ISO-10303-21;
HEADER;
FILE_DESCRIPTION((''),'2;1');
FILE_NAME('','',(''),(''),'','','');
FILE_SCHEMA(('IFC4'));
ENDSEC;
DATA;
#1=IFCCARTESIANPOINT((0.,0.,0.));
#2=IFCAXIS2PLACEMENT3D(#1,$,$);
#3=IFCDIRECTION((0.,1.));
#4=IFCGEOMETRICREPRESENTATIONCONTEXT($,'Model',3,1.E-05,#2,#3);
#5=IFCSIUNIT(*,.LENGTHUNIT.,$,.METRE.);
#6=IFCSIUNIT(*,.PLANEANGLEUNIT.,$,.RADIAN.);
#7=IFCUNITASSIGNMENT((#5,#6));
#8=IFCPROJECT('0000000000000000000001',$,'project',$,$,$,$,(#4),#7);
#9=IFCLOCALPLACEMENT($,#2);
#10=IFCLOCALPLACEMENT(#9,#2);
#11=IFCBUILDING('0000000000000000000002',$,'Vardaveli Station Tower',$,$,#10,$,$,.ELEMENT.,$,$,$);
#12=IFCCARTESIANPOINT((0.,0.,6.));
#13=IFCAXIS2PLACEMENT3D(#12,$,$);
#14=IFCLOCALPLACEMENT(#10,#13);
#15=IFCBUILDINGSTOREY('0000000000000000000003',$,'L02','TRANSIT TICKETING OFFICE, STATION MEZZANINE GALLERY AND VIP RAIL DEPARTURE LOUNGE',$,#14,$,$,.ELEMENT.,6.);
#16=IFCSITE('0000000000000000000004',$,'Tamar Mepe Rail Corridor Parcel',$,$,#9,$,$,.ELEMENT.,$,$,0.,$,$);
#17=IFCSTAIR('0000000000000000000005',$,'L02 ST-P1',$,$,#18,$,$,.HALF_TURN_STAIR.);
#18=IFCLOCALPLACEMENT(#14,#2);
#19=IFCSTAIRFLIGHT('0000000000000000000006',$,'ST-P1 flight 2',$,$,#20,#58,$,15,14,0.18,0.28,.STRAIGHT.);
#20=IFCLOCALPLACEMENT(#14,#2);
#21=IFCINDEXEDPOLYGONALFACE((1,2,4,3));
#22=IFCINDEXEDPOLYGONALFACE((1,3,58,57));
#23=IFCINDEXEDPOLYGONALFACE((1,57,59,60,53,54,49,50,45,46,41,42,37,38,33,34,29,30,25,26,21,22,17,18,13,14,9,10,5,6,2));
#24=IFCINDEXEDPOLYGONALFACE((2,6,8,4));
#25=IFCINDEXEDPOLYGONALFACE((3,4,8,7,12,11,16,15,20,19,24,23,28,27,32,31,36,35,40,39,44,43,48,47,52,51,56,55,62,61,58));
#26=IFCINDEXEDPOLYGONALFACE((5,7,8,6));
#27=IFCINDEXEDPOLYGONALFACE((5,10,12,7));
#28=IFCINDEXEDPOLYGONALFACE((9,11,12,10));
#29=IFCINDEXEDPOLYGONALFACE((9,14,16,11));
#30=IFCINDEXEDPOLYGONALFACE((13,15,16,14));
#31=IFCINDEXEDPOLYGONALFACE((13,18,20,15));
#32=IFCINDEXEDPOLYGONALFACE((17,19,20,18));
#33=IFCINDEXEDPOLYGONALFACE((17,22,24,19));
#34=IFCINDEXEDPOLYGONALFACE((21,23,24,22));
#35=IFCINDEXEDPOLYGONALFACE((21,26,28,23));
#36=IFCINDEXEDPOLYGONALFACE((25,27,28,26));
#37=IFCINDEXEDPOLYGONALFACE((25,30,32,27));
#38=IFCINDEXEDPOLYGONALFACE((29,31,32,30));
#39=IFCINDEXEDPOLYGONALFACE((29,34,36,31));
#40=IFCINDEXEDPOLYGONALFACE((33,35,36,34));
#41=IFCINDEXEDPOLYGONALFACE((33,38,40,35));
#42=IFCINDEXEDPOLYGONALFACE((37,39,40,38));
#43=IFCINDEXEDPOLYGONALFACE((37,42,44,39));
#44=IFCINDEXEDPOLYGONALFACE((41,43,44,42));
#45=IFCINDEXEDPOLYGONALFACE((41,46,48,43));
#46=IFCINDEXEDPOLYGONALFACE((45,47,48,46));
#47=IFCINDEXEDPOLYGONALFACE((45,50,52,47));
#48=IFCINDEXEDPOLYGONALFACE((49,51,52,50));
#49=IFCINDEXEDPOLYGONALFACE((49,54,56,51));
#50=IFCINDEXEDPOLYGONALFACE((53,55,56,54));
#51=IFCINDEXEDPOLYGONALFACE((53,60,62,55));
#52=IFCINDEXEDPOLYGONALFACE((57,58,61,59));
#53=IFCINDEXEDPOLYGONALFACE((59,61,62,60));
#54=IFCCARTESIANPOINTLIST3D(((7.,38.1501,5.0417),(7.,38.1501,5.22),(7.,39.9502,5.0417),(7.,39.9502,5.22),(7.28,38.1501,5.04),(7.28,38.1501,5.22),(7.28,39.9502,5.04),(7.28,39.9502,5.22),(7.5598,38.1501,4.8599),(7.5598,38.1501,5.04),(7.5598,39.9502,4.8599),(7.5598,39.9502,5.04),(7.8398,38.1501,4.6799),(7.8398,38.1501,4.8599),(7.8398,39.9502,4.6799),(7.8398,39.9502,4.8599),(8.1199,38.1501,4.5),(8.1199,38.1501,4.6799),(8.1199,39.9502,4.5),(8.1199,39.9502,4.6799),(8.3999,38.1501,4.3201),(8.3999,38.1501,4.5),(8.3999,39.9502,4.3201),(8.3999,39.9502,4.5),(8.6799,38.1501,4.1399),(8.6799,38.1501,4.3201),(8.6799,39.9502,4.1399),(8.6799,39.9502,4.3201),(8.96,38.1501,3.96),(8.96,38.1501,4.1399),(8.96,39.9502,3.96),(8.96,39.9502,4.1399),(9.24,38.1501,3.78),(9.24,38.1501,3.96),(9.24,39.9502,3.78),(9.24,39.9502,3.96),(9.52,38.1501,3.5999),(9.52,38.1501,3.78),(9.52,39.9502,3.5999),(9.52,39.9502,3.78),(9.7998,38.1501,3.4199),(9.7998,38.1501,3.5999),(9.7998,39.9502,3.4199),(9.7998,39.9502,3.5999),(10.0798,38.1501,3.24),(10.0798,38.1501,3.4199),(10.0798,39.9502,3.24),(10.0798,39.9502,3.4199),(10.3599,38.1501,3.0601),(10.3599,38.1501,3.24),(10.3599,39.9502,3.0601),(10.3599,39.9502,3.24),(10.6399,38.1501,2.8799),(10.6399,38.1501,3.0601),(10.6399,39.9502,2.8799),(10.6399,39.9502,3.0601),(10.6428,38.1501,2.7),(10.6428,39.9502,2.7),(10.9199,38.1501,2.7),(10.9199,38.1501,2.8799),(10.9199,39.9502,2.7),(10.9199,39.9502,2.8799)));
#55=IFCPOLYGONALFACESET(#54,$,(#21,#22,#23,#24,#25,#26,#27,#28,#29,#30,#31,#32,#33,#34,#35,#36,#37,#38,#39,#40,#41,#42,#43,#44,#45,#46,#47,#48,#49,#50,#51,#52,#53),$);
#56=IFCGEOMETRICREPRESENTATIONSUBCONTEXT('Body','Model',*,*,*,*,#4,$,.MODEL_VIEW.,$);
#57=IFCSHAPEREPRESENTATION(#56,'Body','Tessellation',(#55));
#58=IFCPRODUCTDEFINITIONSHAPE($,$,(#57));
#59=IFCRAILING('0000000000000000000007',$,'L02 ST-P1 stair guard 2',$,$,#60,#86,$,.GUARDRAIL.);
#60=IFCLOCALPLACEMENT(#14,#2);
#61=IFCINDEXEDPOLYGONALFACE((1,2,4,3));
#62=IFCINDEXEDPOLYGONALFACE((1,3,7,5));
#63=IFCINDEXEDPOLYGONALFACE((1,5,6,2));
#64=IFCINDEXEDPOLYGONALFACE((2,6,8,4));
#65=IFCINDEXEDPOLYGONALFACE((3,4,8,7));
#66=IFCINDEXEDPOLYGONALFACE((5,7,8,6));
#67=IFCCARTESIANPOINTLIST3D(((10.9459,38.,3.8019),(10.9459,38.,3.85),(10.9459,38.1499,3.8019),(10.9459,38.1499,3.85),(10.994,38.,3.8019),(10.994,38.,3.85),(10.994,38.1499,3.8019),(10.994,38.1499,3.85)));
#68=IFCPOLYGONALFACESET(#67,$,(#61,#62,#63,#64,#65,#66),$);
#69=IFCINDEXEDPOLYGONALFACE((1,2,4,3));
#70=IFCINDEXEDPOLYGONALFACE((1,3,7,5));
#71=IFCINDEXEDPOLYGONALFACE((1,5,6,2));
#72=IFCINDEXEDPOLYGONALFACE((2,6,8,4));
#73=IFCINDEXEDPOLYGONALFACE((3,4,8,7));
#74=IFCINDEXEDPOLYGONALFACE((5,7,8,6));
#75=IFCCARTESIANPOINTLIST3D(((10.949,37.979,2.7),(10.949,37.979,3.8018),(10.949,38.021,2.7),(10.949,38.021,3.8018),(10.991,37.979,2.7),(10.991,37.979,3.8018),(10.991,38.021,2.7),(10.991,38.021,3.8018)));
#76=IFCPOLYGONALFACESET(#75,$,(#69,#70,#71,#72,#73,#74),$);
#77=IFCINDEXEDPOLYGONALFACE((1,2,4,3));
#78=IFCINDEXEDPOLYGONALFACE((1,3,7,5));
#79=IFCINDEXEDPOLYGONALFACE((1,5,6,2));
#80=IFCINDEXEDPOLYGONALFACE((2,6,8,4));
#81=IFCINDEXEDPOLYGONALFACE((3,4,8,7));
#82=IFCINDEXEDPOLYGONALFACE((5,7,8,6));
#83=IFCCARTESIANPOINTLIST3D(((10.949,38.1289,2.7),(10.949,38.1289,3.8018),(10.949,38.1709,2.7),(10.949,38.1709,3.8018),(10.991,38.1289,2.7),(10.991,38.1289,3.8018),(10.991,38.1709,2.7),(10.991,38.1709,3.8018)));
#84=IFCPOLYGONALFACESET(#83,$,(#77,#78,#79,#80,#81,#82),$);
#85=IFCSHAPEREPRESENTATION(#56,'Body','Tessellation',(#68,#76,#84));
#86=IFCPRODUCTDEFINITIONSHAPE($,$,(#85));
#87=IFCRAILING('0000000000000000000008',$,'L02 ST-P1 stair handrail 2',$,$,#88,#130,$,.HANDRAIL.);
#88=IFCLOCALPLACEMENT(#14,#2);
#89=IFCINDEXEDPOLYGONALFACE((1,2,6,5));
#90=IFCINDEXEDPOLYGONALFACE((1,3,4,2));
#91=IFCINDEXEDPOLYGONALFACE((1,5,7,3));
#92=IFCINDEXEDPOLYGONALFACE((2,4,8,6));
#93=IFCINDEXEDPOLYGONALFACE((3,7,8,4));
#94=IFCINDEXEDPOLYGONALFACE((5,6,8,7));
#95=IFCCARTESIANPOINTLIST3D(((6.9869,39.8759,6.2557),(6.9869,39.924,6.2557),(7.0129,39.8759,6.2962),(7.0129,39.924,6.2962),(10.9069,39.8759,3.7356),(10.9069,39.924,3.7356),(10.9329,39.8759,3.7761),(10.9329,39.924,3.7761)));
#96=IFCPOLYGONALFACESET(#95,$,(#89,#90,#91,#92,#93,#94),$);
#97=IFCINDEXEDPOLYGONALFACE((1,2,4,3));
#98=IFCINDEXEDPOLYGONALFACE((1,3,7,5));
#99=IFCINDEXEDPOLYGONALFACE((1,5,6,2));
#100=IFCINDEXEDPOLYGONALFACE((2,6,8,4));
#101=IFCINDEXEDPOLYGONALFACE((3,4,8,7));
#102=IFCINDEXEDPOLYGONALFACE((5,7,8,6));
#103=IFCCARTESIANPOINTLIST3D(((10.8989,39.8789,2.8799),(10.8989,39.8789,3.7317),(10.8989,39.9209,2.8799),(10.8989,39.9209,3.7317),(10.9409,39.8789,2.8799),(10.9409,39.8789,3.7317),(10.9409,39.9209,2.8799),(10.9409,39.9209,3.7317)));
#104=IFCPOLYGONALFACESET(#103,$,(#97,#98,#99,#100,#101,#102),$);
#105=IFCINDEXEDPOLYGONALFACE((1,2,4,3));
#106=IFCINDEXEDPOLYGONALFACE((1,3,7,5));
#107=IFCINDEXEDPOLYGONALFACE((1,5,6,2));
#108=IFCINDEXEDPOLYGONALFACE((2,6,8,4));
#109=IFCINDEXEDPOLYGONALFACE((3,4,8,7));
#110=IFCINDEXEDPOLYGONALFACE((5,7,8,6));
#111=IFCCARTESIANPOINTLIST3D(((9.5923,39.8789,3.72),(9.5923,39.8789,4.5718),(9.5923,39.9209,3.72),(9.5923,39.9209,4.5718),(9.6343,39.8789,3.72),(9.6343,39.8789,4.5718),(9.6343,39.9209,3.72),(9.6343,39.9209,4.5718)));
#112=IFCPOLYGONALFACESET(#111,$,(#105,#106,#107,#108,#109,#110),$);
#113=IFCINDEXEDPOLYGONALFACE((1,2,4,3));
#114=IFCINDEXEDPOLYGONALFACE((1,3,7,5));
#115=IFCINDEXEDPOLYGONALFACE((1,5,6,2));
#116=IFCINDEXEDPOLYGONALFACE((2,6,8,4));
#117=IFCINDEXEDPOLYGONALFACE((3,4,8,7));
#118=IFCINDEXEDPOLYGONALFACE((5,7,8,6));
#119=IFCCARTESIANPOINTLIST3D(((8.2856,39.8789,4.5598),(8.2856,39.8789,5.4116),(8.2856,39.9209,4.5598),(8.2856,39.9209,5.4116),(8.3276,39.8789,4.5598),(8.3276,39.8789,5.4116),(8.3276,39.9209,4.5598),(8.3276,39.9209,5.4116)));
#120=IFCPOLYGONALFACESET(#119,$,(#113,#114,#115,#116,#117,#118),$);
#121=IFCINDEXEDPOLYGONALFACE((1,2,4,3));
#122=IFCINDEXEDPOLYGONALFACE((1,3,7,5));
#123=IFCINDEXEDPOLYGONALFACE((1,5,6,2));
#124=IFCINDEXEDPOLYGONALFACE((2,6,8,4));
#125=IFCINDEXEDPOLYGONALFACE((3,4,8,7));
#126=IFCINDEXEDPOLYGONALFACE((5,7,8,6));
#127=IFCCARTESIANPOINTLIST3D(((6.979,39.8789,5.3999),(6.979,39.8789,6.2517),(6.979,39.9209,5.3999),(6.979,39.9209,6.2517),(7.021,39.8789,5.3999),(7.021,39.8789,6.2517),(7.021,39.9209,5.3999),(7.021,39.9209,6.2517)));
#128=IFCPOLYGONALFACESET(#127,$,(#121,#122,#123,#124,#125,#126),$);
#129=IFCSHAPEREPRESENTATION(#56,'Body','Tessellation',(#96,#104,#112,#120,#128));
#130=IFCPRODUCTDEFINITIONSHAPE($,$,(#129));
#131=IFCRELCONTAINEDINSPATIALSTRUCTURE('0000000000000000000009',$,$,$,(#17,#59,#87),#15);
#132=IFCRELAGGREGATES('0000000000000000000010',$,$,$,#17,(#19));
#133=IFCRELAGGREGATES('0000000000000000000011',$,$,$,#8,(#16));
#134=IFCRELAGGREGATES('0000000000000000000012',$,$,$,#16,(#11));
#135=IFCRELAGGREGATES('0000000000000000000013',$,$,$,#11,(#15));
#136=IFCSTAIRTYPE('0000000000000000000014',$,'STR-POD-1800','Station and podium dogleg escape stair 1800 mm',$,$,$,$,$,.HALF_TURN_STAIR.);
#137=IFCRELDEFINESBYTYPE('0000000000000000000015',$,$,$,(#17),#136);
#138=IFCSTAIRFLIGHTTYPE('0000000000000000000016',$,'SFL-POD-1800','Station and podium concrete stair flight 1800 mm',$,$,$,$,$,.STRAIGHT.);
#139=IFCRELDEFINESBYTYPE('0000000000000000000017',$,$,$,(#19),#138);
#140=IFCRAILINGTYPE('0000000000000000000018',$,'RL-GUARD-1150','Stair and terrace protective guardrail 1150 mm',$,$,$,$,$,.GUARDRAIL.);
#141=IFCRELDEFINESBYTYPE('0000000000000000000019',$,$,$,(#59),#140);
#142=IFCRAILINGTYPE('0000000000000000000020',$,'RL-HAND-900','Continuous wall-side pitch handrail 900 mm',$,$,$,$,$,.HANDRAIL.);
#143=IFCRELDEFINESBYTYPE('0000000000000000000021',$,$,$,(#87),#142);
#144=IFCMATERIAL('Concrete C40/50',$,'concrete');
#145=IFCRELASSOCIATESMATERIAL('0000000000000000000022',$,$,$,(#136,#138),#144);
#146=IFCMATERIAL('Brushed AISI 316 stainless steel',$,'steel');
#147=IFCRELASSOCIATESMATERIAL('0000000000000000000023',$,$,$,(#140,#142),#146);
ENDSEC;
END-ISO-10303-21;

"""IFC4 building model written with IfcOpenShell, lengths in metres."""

from ifc_helpers import new_model, si_unit, direction, frame, origin, origin_2d, place, context, subcontext, project, spatial, polyline, rectangle, outline, extrude, source, transform, mapped, material, type_object, element, aggregate, save


model = new_model("IFC4")

# Units and contexts
model_context = context("Model", 3, precision=1e-05, world=origin(), true_north=direction((0.0, 1.0)))
body_context = subcontext(model_context, "Body", "Model", "MODEL_VIEW")
ifc_project = project(units=[si_unit("LENGTHUNIT", "METRE"), si_unit("PLANEANGLEUNIT", "RADIAN")], contexts=[model_context])

# Site, building, storey
site_placement = place(None, origin())
site = spatial("IfcSite", under=ifc_project, at=site_placement, Name="Tamar Mepe Rail Corridor Parcel", CompositionType="ELEMENT", RefElevation=0.0)
building_placement = place(site_placement, origin())
building = spatial("IfcBuilding", under=site, at=building_placement, Name="Vardaveli Station Tower", CompositionType="ELEMENT")
storey_placement = place(building_placement, frame((0.0, 0.0, 6.0)))
storey = spatial("IfcBuildingStorey", under=building, at=storey_placement, Name="L02", Description="TRANSIT TICKETING OFFICE, STATION MEZZANINE GALLERY AND VIP RAIL DEPARTURE LOUNGE", CompositionType="ELEMENT", Elevation=6.0)

# Shared definitions
ifc_material_1 = material(Name="Concrete C40/50", Category="concrete")

# Stair, stair flight
stair_type = type_object("IfcStairType", Name="STR-POD-1800", Description="Station and podium dogleg escape stair 1800 mm", PredefinedType="HALF_TURN_STAIR", material=ifc_material_1)
stair_placement = place(storey_placement, origin())
stair = element("IfcStair", 1, at=stair_placement, inside=storey, type_object=stair_type, Name="L02 ST-P1", PredefinedType="HALF_TURN_STAIR")
stair_flight_type = type_object("IfcStairFlightType", Name="SFL-POD-1800", Description="Station and podium concrete stair flight 1800 mm", PredefinedType="STRAIGHT", material=ifc_material_1)
shared_shape_1 = source(origin(), body_context, "Body", "SweptSolid", [
    extrude(outline(polyline([(0.0, 0.0), (0.0, 0.1799), (0.28, 0.1799), (0.28, 0.3601), (0.5601, 0.3601), (0.5601, 0.54), (0.8401, 0.54), (0.8401, 0.72), (1.1201, 0.72), (1.1201, 0.8999), (1.3999, 0.8999), (1.3999, 1.0801), (1.6799, 1.0801), (1.6799, 1.26), (1.96, 1.26), (1.96, 1.4399), (2.24, 1.4399), (2.24, 1.6201), (2.52, 1.6201), (2.52, 1.8), (2.8, 1.8), (2.8, 1.98), (3.0801, 1.98), (3.0801, 2.1599), (3.3601, 2.1599), (3.3601, 2.3401), (3.6399, 2.3401), (3.6399, 2.52), (3.9199, 2.52), (3.9199, 2.7), (3.9199, 2.3418), (0.2771, 0.0), (0.0, 0.0)])), frame((0.0, 0.8999, 0.0), z_axis=(0.0, -1.0, 0.0), x_axis=(1.0, 0.0, 0.0)), (0.0, 0.0, 1.0), 1.8),
])
stair_flight_placement = place(storey_placement, frame((10.9199, 39.05, 2.7), z_axis=(0.0, 0.0, 1.0), x_axis=(-1.0, 0.0, 0.0)))
stair_flight = element("IfcStairFlight", 2, at=stair_flight_placement, type_object=stair_flight_type, Name="ST-P1 flight 2", NumberOfRisers=15, NumberOfTreads=14, PredefinedType="STRAIGHT", RiserHeight=0.18, TreadLength=0.28, context=body_context, shape_type="MappedRepresentation", body=[
    mapped(shared_shape_1, transform((0.0, 0.0, 0.0), scale=1.0)),
])
aggregate(stair, [stair_flight])

# Railings
ifc_material_2 = material(Name="Brushed AISI 316 stainless steel", Category="steel")
railing_type_1 = type_object("IfcRailingType", Name="RL-GUARD-1150", Description="Stair and terrace protective guardrail 1150 mm", PredefinedType="GUARDRAIL", material=ifc_material_2)
shared_shape_2 = source(origin(), body_context, "Body", "SweptSolid", [
    extrude(rectangle(XDim=0.0481, YDim=0.0481, at=origin_2d()), frame((0.0, 0.0, 1.126), z_axis=(0.0, 1.0, 0.0), x_axis=(-1.0, 0.0, 0.0)), (0.0, 0.0, 1.0), 0.1499),
    extrude(rectangle(XDim=0.042, YDim=0.042, at=origin_2d()), origin(), (0.0, 0.0, 1.0), 1.1018),
    extrude(rectangle(XDim=0.042, YDim=0.042, at=origin_2d()), frame((0.0, 0.1499, 0.0)), (0.0, 0.0, 1.0), 1.1018),
])
railing_1_placement = place(storey_placement, frame((10.97, 38.0, 2.7)))
element("IfcRailing", 3, at=railing_1_placement, inside=storey, type_object=railing_type_1, Name="L02 ST-P1 stair guard 2", PredefinedType="GUARDRAIL", context=body_context, shape_type="MappedRepresentation", body=[
    mapped(shared_shape_2, transform((0.0, 0.0, 0.0), scale=1.0)),
])
railing_type_2 = type_object("IfcRailingType", Name="RL-HAND-900", Description="Continuous wall-side pitch handrail 900 mm", PredefinedType="HANDRAIL", material=ifc_material_2)
shared_shape_3 = source(origin(), body_context, "Body", "SweptSolid", [
    extrude(rectangle(XDim=0.0481, YDim=0.0481, at=origin_2d()), frame((0.0, 0.0, 0.876), z_axis=(-0.841172, 0.0, 0.540768), x_axis=(0.0, -1.0, 0.0)), (0.0, 0.0, 1.0), 4.6602),
    extrude(rectangle(XDim=0.042, YDim=0.042, at=origin_2d()), origin(), (0.0, 0.0, 1.0), 0.8518),
    extrude(rectangle(XDim=0.042, YDim=0.042, at=origin_2d()), frame((-1.3066, 0.0, 0.8401)), (0.0, 0.0, 1.0), 0.8518),
    extrude(rectangle(XDim=0.042, YDim=0.042, at=origin_2d()), frame((-2.6133, 0.0, 1.6799)), (0.0, 0.0, 1.0), 0.8518),
    extrude(rectangle(XDim=0.042, YDim=0.042, at=origin_2d()), frame((-3.9199, 0.0, 2.52)), (0.0, 0.0, 1.0), 0.8518),
])
railing_2_placement = place(storey_placement, frame((10.9199, 39.8999, 2.8799)))
element("IfcRailing", 4, at=railing_2_placement, inside=storey, type_object=railing_type_2, Name="L02 ST-P1 stair handrail 2", PredefinedType="HANDRAIL", context=body_context, shape_type="MappedRepresentation", body=[
    mapped(shared_shape_3, transform((0.0, 0.0, 0.0), scale=1.0)),
])

save(model, "model.ifc")
